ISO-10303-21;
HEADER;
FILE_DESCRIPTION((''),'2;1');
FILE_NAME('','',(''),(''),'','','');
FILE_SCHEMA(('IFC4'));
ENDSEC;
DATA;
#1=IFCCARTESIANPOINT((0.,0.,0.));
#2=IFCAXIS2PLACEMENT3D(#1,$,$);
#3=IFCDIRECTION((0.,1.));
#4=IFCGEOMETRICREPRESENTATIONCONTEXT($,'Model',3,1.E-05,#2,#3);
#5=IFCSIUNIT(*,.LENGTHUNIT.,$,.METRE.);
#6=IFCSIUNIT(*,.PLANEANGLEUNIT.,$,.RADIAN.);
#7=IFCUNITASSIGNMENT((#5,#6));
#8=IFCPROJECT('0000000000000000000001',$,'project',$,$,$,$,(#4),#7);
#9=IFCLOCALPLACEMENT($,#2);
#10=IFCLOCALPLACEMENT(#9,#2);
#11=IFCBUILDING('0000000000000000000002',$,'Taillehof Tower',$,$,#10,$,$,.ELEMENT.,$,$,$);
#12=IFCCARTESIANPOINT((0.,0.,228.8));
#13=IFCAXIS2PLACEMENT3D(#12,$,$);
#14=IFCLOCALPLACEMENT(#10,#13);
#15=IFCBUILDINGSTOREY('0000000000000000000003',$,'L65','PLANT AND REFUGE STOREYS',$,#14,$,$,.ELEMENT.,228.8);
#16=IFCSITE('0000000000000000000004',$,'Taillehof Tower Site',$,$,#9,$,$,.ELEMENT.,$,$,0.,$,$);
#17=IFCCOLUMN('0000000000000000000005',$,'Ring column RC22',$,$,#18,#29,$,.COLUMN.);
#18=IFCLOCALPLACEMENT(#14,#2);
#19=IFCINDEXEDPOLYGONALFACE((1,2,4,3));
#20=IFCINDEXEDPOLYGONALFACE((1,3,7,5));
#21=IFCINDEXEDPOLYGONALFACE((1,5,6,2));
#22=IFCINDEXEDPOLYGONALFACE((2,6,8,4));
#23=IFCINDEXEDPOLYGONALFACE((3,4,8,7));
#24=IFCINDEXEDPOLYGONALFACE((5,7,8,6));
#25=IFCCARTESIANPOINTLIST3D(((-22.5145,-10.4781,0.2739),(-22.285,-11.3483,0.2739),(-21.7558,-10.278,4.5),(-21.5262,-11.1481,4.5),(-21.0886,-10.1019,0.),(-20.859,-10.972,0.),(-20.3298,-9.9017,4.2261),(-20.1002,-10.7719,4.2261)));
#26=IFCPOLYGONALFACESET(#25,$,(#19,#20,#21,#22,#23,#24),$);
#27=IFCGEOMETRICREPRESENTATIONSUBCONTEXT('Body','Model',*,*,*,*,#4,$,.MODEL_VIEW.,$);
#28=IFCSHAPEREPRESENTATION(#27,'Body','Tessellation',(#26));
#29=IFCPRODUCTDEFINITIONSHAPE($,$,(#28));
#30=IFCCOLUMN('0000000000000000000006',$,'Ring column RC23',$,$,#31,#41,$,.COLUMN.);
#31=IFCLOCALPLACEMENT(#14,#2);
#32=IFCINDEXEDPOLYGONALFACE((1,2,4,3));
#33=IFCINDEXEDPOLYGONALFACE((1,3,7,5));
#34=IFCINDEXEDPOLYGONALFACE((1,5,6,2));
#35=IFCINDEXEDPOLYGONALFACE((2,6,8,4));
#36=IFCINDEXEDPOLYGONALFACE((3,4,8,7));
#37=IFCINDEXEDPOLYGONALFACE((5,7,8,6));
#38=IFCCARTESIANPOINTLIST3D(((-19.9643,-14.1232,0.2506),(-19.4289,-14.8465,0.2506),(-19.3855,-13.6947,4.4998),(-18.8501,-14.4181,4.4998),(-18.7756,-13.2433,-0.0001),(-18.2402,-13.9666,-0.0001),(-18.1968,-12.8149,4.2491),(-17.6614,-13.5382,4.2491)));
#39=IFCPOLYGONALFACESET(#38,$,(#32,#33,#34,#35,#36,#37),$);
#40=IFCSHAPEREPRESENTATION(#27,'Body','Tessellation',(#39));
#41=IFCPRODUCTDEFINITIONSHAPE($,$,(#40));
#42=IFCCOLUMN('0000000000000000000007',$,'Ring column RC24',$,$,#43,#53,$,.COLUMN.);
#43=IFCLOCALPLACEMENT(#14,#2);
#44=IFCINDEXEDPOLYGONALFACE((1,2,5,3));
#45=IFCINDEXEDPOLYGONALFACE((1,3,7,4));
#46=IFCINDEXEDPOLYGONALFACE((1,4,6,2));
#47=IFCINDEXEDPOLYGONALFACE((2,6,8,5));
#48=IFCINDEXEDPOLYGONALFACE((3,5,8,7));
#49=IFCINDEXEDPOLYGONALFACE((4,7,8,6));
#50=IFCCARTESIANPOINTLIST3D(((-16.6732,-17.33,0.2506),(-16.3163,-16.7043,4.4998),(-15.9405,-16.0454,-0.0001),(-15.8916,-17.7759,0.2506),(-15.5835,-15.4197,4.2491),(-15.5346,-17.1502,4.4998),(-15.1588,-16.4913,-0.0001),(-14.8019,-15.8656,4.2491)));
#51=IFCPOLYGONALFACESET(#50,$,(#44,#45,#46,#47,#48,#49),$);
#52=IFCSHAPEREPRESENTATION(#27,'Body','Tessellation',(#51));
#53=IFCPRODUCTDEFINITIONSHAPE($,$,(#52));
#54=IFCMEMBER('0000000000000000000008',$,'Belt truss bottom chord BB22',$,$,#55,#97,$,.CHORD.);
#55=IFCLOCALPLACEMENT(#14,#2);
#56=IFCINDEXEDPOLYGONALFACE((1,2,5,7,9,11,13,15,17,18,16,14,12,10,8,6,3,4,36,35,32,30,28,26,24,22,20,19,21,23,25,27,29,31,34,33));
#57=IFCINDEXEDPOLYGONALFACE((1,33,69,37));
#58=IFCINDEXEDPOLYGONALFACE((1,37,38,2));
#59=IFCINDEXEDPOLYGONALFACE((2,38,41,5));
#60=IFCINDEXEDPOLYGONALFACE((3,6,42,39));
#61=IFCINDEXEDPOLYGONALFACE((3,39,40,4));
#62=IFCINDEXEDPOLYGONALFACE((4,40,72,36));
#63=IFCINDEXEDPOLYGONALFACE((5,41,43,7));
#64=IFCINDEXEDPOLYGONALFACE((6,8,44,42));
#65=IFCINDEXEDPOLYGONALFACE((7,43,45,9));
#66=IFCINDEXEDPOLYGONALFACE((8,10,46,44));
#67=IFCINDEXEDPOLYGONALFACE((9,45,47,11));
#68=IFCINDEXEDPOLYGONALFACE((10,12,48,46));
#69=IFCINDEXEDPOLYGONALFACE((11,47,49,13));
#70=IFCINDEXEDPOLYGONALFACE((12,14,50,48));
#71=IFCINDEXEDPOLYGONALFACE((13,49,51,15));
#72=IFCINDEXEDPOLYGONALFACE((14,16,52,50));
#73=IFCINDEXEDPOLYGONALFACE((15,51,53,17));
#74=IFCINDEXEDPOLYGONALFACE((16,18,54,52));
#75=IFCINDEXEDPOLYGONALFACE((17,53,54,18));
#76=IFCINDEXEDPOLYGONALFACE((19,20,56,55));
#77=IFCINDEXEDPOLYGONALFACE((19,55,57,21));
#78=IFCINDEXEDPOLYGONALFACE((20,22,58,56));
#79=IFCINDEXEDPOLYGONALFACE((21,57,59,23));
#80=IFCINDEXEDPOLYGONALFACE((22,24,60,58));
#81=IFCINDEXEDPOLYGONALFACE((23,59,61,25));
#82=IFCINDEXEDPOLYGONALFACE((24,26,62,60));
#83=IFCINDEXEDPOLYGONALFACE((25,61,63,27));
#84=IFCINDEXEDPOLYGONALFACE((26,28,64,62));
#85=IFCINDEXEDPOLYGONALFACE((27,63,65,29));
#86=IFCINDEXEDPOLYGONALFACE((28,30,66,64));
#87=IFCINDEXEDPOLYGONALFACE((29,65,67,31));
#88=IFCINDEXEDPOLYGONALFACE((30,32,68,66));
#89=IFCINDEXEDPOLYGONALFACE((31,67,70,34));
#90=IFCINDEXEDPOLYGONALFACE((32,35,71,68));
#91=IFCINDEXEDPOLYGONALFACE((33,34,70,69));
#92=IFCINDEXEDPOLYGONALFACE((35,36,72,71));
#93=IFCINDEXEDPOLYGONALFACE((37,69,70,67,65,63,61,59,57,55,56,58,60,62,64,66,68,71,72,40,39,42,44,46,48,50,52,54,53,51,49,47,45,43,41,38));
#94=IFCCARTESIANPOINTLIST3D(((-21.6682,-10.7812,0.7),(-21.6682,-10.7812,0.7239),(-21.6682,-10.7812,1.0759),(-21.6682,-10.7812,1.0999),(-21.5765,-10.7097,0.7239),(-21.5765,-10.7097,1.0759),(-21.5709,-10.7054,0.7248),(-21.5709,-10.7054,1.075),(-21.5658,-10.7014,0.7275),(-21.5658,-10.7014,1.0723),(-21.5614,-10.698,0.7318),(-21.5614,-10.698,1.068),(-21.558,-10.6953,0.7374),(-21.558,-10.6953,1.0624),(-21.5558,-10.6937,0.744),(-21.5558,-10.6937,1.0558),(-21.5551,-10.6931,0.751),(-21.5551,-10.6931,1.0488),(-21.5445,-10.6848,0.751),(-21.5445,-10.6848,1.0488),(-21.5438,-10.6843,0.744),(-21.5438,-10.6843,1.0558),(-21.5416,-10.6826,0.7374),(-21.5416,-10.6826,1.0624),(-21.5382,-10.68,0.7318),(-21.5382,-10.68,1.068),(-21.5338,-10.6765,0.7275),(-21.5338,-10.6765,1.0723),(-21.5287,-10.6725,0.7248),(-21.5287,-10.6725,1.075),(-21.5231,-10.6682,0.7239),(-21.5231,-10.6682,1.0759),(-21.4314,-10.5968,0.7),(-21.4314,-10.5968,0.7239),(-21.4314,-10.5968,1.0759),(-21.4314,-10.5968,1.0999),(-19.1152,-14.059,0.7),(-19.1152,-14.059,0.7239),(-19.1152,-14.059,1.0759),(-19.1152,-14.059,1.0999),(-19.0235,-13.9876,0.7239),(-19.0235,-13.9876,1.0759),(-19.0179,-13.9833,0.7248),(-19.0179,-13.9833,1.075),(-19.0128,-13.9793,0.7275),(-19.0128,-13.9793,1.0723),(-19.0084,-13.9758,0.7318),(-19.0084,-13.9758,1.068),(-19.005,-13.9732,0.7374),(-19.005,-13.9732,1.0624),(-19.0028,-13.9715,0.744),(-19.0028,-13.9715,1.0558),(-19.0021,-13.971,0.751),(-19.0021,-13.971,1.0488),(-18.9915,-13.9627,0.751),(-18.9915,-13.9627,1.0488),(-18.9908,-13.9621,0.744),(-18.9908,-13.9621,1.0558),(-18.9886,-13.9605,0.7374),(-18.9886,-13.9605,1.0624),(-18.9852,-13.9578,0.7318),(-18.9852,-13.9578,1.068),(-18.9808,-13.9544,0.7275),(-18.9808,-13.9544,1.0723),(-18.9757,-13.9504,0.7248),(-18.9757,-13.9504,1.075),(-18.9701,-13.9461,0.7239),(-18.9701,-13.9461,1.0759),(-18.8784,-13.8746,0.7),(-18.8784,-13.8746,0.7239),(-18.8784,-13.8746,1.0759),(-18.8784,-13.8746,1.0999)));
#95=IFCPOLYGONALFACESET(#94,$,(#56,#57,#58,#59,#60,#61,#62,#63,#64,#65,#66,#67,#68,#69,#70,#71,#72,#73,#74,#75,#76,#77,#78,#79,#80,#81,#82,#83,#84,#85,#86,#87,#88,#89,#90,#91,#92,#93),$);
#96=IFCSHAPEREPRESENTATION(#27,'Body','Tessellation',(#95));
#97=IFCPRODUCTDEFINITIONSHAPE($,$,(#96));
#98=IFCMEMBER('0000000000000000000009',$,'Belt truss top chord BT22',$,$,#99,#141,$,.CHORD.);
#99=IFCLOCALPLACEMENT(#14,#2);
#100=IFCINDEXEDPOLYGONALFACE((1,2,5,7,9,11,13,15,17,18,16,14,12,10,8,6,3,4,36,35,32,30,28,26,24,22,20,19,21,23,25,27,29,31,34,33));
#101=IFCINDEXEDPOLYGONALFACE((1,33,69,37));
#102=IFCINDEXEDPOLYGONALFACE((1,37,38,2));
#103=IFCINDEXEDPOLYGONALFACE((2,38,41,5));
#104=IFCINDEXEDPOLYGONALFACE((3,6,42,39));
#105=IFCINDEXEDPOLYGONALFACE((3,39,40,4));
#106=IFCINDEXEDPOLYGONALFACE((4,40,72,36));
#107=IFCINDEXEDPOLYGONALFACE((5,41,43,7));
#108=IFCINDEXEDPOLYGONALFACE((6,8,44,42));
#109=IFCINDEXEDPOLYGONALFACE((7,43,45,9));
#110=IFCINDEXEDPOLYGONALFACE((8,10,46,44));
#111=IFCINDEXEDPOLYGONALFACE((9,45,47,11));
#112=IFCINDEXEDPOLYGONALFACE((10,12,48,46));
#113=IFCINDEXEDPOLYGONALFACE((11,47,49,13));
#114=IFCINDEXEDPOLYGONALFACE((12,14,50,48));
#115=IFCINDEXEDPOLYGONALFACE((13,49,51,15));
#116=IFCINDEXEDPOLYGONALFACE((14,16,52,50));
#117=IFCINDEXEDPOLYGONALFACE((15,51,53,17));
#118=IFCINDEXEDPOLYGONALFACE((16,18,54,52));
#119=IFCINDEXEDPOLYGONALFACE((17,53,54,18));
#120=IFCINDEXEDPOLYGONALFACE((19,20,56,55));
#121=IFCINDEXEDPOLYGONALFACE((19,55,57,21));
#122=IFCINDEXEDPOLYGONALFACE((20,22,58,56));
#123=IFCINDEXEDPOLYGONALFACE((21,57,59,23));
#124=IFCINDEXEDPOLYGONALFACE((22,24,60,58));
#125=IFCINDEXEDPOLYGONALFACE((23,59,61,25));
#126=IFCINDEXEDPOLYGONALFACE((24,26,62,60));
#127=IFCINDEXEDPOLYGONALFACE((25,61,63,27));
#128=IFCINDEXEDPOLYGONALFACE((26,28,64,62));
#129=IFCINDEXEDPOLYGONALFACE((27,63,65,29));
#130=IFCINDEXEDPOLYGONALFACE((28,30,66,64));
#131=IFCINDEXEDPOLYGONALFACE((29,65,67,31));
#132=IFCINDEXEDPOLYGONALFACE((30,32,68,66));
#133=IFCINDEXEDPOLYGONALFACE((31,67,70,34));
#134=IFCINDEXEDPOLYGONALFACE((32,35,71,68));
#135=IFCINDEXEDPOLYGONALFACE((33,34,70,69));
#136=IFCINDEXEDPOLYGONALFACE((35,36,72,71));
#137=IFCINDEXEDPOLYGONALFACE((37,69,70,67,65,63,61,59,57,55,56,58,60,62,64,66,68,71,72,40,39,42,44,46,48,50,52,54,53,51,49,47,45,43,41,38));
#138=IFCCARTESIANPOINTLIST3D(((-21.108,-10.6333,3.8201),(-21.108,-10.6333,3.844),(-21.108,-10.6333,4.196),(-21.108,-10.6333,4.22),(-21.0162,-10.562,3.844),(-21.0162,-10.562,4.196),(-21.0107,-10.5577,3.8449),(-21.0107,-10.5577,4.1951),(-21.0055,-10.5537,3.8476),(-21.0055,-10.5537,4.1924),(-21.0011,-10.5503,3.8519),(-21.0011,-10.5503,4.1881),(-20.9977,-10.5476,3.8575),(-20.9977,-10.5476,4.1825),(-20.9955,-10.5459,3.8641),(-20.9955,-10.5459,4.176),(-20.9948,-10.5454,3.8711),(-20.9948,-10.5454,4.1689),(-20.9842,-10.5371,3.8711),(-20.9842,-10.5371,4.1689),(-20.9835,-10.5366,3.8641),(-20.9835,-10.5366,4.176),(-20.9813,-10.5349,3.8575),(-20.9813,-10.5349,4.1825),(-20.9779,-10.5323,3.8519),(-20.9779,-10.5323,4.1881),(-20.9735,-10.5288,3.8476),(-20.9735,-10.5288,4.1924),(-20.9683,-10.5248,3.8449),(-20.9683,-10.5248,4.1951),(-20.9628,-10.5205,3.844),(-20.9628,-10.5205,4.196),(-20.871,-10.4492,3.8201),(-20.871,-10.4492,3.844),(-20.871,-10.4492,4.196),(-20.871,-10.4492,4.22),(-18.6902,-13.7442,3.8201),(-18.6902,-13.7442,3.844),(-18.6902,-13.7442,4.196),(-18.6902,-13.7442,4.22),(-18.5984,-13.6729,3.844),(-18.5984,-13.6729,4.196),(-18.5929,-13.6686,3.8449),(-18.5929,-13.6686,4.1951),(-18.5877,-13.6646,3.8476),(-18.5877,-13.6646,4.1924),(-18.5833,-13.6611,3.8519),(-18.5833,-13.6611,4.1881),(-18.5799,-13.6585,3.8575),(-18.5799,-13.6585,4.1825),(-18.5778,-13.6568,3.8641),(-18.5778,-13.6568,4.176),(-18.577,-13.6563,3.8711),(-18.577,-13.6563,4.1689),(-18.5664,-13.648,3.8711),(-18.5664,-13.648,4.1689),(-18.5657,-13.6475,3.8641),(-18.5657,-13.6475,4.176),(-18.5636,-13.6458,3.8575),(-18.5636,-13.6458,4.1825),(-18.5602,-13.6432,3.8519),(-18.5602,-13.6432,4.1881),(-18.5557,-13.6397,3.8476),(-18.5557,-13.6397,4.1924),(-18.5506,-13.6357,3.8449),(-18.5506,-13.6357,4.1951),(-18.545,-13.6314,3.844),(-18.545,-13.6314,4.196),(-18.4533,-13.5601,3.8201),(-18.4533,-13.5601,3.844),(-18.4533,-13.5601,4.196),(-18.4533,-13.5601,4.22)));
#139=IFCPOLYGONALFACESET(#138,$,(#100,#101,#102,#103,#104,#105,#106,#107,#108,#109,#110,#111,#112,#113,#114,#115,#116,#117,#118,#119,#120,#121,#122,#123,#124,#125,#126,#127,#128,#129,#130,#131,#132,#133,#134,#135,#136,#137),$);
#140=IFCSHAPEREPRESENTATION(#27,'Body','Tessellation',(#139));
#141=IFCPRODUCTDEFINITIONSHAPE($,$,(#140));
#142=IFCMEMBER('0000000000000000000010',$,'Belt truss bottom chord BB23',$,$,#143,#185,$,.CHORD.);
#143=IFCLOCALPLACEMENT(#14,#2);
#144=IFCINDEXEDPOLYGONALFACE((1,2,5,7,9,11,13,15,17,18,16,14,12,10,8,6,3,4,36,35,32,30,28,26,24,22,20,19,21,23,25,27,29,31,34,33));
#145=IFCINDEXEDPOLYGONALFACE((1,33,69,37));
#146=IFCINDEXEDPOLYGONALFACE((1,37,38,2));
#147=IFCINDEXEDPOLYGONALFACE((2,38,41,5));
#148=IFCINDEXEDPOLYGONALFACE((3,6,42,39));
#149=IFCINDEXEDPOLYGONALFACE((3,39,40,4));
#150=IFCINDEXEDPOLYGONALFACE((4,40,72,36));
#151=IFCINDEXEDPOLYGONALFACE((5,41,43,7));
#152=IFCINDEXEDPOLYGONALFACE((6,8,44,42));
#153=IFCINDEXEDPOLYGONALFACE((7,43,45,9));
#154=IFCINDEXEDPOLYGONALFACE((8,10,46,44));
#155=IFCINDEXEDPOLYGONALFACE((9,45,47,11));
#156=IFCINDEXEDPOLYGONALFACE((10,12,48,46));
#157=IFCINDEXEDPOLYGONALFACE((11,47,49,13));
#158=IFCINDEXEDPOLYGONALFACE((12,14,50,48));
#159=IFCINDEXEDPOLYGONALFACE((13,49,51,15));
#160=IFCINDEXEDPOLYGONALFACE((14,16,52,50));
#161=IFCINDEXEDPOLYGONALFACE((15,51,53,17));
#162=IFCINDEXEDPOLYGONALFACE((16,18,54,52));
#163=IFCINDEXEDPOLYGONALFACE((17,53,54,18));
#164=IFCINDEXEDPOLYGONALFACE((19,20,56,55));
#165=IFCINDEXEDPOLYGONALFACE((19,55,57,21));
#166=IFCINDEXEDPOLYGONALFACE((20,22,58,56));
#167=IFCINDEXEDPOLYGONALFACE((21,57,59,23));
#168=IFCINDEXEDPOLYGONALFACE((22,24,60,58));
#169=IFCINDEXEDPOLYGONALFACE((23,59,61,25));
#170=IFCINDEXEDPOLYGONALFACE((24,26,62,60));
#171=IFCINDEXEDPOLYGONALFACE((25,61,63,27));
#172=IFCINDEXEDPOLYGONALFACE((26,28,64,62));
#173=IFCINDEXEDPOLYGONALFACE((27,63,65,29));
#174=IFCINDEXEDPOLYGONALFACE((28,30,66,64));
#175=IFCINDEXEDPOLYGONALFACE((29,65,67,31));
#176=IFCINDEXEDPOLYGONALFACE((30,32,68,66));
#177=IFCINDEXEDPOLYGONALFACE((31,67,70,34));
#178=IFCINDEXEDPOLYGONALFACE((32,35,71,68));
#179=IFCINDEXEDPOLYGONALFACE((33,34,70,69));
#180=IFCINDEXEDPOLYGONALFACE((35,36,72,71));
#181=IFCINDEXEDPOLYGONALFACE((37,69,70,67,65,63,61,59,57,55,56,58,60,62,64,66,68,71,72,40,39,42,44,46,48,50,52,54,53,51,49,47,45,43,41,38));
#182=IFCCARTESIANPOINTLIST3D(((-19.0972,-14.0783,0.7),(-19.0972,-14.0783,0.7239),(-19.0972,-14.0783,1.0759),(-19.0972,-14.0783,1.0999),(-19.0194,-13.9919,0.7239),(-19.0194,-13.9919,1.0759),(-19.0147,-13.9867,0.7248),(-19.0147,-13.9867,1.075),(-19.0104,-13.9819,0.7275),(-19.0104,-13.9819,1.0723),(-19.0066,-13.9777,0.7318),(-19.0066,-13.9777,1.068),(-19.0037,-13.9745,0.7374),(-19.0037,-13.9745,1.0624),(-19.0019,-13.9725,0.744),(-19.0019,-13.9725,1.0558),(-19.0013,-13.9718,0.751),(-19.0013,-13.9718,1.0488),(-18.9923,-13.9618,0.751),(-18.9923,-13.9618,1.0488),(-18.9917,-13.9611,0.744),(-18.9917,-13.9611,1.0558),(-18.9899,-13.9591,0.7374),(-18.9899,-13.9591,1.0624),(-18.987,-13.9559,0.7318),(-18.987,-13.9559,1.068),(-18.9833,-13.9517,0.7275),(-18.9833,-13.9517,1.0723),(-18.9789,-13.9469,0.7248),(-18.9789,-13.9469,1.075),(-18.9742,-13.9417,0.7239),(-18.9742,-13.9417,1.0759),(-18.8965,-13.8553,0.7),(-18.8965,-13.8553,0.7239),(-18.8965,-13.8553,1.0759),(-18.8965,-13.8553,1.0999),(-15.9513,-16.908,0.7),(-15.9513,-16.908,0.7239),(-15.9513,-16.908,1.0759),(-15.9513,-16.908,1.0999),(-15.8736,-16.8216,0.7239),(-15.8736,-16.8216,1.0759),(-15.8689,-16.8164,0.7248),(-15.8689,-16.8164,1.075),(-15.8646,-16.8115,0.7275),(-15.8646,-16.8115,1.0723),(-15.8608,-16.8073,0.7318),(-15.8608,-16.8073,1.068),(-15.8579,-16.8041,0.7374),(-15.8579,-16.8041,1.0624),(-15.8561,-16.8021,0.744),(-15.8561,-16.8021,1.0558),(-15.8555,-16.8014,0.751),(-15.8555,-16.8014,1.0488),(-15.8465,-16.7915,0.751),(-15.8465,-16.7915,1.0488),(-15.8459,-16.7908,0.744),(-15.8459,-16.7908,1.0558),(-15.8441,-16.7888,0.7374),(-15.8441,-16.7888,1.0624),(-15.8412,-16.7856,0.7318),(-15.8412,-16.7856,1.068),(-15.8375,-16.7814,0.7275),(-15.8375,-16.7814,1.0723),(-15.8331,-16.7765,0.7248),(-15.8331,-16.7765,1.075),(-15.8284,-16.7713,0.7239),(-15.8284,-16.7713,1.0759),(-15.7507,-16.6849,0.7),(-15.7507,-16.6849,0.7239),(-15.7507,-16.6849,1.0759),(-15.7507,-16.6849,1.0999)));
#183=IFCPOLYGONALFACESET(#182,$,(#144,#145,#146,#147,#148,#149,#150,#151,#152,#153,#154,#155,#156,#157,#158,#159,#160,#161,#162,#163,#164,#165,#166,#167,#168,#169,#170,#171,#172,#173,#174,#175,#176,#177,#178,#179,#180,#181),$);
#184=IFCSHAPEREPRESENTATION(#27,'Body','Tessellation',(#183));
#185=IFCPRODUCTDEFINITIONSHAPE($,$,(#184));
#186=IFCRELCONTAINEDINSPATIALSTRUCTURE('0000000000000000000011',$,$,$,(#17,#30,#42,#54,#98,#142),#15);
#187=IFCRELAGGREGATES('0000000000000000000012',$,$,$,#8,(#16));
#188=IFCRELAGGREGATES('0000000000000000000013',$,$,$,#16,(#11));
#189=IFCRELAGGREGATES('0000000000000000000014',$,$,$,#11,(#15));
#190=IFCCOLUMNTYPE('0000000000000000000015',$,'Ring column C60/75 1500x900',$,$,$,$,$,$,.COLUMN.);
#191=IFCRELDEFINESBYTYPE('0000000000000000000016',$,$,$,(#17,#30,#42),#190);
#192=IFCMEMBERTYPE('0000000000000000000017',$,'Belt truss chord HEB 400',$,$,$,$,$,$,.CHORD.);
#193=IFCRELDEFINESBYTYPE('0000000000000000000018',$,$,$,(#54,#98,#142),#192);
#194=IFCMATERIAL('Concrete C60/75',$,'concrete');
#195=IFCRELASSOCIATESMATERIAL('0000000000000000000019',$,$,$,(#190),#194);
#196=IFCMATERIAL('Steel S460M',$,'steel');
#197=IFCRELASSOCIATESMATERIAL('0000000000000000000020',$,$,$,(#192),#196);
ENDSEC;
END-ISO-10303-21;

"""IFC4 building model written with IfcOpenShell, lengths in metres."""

from ifc_helpers import new_model, si_unit, direction, frame, origin, origin_2d, place, context, subcontext, project, spatial, rectangle, i_section, extrude, material, material_profile, profile_set, type_object, element, save


model = new_model("IFC4")

# Units and contexts
model_context = context("Model", 3, precision=1e-05, world=origin(), true_north=direction((0.0, 1.0)))
body_context = subcontext(model_context, "Body", "Model", "MODEL_VIEW")
ifc_project = project(units=[si_unit("LENGTHUNIT", "METRE"), si_unit("PLANEANGLEUNIT", "RADIAN")], contexts=[model_context])

# Site, building, storey
site_placement = place(None, origin())
site = spatial("IfcSite", under=ifc_project, at=site_placement, Name="Taillehof Tower Site", CompositionType="ELEMENT", RefElevation=0.0)
building_placement = place(site_placement, origin())
building = spatial("IfcBuilding", under=site, at=building_placement, Name="Taillehof Tower", CompositionType="ELEMENT")
storey_placement = place(building_placement, frame((0.0, 0.0, 228.8)))
storey = spatial("IfcBuildingStorey", under=building, at=storey_placement, Name="L65", Description="PLANT AND REFUGE STOREYS", CompositionType="ELEMENT", Elevation=228.8)

# Columns
ifc_material_1 = material(Name="Concrete C60/75", Category="concrete")
ifc_material_profile_1 = material_profile(ifc_material_1, rectangle(XDim=1.5, YDim=0.8999, at=origin_2d()), Name="RC 1500x900")
ifc_profile_set_1 = profile_set([ifc_material_profile_1], Name="Concrete C60/75")
column_type = type_object("IfcColumnType", Name="Ring column C60/75 1500x900", PredefinedType="COLUMN", material=ifc_profile_set_1)
column_placement = place(storey_placement, frame((-21.6868, -10.7251, 0.137), z_axis=(0.176532, 0.046575, 0.983192), x_axis=(-0.950662, -0.250818, 0.182572)))
element("IfcColumn", 1, at=column_placement, inside=storey, type_object=column_type, Name="Ring column RC22", PredefinedType="COLUMN", context=body_context, shape_type="SweptSolid", body=[
    extrude(rectangle(XDim=1.5, YDim=0.8999, at=origin_2d()), origin(), (0.0, 0.0, 1.0), 4.2983),
])
for number, where, z_axis, x_axis, name in (
    (2, (-19.1023, -14.0449, 0.1252), (0.13431, 0.099415, 0.98594), (-0.792466, -0.586579, 0.1671), "Ring column RC23"),
    (3, (-15.916, -16.9106, 0.1252), (0.082817, 0.145185, 0.985932), (-0.488512, -0.856399, 0.167145), "Ring column RC24"),
):
    element("IfcColumn", number, at=place(storey_placement, frame(where, z_axis=z_axis, x_axis=x_axis)), inside=storey, type_object=column_type, Name=name, PredefinedType="COLUMN", context=body_context, shape_type="SweptSolid", body=[
        extrude(rectangle(XDim=1.5, YDim=0.8999, at=origin_2d()), origin(), (0.0, 0.0, 1.0), 4.3098),
    ])

# Members
ifc_material_2 = material(Name="Steel S460M", Category="steel")
ifc_material_profile_2 = material_profile(ifc_material_2, i_section(OverallWidth=0.3, OverallDepth=0.3999, WebThickness=0.0134, FlangeThickness=0.0239, FilletRadius=0.0271, at=origin_2d()), Name="HEB 400")
ifc_profile_set_2 = profile_set([ifc_material_profile_2], Name="Steel S460M")
member_type_1 = type_object("IfcMemberType", Name="Belt truss chord HEB 400", PredefinedType="CHORD", material=ifc_profile_set_2)
member_1_placement = place(storey_placement, frame((-21.5498, -10.689, 0.8999), z_axis=(0.614473, -0.788938, 0.0), x_axis=(0.788938, 0.614473, 0.0)))
element("IfcMember", 4, at=member_1_placement, inside=storey, type_object=member_type_1, Name="Belt truss bottom chord BB22", PredefinedType="CHORD", context=body_context, shape_type="SweptSolid", body=[
    extrude(i_section(OverallWidth=0.3, OverallDepth=0.3999, WebThickness=0.0134, FlangeThickness=0.0239, FilletRadius=0.0271, at=origin_2d()), origin(), (0.0, 0.0, 1.0), 4.1548),
])
member_2_placement = place(storey_placement, frame((-20.9895, -10.5413, 4.02), z_axis=(0.613653, -0.789576, 0.0), x_axis=(0.789576, 0.613653, 0.0)))
element("IfcMember", 5, at=member_2_placement, inside=storey, type_object=member_type_1, Name="Belt truss top chord BT22", PredefinedType="CHORD", context=body_context, shape_type="SweptSolid", body=[
    extrude(i_section(OverallWidth=0.3, OverallDepth=0.3999, WebThickness=0.0134, FlangeThickness=0.0239, FilletRadius=0.0271, at=origin_2d()), origin(), (0.0, 0.0, 1.0), 3.9399),
])
member_3_placement = place(storey_placement, frame((-18.9968, -13.9668, 0.8999), z_axis=(0.743481, -0.668757, 0.0), x_axis=(0.668757, 0.743481, 0.0)))
element("IfcMember", 6, at=member_3_placement, inside=storey, type_object=member_type_1, Name="Belt truss bottom chord BB23", PredefinedType="CHORD", context=body_context, shape_type="SweptSolid", body=[
    extrude(i_section(OverallWidth=0.3, OverallDepth=0.3999, WebThickness=0.0134, FlangeThickness=0.0239, FilletRadius=0.0271, at=origin_2d()), origin(), (0.0, 0.0, 1.0), 4.2312),
])

save(model, "model.ifc")
